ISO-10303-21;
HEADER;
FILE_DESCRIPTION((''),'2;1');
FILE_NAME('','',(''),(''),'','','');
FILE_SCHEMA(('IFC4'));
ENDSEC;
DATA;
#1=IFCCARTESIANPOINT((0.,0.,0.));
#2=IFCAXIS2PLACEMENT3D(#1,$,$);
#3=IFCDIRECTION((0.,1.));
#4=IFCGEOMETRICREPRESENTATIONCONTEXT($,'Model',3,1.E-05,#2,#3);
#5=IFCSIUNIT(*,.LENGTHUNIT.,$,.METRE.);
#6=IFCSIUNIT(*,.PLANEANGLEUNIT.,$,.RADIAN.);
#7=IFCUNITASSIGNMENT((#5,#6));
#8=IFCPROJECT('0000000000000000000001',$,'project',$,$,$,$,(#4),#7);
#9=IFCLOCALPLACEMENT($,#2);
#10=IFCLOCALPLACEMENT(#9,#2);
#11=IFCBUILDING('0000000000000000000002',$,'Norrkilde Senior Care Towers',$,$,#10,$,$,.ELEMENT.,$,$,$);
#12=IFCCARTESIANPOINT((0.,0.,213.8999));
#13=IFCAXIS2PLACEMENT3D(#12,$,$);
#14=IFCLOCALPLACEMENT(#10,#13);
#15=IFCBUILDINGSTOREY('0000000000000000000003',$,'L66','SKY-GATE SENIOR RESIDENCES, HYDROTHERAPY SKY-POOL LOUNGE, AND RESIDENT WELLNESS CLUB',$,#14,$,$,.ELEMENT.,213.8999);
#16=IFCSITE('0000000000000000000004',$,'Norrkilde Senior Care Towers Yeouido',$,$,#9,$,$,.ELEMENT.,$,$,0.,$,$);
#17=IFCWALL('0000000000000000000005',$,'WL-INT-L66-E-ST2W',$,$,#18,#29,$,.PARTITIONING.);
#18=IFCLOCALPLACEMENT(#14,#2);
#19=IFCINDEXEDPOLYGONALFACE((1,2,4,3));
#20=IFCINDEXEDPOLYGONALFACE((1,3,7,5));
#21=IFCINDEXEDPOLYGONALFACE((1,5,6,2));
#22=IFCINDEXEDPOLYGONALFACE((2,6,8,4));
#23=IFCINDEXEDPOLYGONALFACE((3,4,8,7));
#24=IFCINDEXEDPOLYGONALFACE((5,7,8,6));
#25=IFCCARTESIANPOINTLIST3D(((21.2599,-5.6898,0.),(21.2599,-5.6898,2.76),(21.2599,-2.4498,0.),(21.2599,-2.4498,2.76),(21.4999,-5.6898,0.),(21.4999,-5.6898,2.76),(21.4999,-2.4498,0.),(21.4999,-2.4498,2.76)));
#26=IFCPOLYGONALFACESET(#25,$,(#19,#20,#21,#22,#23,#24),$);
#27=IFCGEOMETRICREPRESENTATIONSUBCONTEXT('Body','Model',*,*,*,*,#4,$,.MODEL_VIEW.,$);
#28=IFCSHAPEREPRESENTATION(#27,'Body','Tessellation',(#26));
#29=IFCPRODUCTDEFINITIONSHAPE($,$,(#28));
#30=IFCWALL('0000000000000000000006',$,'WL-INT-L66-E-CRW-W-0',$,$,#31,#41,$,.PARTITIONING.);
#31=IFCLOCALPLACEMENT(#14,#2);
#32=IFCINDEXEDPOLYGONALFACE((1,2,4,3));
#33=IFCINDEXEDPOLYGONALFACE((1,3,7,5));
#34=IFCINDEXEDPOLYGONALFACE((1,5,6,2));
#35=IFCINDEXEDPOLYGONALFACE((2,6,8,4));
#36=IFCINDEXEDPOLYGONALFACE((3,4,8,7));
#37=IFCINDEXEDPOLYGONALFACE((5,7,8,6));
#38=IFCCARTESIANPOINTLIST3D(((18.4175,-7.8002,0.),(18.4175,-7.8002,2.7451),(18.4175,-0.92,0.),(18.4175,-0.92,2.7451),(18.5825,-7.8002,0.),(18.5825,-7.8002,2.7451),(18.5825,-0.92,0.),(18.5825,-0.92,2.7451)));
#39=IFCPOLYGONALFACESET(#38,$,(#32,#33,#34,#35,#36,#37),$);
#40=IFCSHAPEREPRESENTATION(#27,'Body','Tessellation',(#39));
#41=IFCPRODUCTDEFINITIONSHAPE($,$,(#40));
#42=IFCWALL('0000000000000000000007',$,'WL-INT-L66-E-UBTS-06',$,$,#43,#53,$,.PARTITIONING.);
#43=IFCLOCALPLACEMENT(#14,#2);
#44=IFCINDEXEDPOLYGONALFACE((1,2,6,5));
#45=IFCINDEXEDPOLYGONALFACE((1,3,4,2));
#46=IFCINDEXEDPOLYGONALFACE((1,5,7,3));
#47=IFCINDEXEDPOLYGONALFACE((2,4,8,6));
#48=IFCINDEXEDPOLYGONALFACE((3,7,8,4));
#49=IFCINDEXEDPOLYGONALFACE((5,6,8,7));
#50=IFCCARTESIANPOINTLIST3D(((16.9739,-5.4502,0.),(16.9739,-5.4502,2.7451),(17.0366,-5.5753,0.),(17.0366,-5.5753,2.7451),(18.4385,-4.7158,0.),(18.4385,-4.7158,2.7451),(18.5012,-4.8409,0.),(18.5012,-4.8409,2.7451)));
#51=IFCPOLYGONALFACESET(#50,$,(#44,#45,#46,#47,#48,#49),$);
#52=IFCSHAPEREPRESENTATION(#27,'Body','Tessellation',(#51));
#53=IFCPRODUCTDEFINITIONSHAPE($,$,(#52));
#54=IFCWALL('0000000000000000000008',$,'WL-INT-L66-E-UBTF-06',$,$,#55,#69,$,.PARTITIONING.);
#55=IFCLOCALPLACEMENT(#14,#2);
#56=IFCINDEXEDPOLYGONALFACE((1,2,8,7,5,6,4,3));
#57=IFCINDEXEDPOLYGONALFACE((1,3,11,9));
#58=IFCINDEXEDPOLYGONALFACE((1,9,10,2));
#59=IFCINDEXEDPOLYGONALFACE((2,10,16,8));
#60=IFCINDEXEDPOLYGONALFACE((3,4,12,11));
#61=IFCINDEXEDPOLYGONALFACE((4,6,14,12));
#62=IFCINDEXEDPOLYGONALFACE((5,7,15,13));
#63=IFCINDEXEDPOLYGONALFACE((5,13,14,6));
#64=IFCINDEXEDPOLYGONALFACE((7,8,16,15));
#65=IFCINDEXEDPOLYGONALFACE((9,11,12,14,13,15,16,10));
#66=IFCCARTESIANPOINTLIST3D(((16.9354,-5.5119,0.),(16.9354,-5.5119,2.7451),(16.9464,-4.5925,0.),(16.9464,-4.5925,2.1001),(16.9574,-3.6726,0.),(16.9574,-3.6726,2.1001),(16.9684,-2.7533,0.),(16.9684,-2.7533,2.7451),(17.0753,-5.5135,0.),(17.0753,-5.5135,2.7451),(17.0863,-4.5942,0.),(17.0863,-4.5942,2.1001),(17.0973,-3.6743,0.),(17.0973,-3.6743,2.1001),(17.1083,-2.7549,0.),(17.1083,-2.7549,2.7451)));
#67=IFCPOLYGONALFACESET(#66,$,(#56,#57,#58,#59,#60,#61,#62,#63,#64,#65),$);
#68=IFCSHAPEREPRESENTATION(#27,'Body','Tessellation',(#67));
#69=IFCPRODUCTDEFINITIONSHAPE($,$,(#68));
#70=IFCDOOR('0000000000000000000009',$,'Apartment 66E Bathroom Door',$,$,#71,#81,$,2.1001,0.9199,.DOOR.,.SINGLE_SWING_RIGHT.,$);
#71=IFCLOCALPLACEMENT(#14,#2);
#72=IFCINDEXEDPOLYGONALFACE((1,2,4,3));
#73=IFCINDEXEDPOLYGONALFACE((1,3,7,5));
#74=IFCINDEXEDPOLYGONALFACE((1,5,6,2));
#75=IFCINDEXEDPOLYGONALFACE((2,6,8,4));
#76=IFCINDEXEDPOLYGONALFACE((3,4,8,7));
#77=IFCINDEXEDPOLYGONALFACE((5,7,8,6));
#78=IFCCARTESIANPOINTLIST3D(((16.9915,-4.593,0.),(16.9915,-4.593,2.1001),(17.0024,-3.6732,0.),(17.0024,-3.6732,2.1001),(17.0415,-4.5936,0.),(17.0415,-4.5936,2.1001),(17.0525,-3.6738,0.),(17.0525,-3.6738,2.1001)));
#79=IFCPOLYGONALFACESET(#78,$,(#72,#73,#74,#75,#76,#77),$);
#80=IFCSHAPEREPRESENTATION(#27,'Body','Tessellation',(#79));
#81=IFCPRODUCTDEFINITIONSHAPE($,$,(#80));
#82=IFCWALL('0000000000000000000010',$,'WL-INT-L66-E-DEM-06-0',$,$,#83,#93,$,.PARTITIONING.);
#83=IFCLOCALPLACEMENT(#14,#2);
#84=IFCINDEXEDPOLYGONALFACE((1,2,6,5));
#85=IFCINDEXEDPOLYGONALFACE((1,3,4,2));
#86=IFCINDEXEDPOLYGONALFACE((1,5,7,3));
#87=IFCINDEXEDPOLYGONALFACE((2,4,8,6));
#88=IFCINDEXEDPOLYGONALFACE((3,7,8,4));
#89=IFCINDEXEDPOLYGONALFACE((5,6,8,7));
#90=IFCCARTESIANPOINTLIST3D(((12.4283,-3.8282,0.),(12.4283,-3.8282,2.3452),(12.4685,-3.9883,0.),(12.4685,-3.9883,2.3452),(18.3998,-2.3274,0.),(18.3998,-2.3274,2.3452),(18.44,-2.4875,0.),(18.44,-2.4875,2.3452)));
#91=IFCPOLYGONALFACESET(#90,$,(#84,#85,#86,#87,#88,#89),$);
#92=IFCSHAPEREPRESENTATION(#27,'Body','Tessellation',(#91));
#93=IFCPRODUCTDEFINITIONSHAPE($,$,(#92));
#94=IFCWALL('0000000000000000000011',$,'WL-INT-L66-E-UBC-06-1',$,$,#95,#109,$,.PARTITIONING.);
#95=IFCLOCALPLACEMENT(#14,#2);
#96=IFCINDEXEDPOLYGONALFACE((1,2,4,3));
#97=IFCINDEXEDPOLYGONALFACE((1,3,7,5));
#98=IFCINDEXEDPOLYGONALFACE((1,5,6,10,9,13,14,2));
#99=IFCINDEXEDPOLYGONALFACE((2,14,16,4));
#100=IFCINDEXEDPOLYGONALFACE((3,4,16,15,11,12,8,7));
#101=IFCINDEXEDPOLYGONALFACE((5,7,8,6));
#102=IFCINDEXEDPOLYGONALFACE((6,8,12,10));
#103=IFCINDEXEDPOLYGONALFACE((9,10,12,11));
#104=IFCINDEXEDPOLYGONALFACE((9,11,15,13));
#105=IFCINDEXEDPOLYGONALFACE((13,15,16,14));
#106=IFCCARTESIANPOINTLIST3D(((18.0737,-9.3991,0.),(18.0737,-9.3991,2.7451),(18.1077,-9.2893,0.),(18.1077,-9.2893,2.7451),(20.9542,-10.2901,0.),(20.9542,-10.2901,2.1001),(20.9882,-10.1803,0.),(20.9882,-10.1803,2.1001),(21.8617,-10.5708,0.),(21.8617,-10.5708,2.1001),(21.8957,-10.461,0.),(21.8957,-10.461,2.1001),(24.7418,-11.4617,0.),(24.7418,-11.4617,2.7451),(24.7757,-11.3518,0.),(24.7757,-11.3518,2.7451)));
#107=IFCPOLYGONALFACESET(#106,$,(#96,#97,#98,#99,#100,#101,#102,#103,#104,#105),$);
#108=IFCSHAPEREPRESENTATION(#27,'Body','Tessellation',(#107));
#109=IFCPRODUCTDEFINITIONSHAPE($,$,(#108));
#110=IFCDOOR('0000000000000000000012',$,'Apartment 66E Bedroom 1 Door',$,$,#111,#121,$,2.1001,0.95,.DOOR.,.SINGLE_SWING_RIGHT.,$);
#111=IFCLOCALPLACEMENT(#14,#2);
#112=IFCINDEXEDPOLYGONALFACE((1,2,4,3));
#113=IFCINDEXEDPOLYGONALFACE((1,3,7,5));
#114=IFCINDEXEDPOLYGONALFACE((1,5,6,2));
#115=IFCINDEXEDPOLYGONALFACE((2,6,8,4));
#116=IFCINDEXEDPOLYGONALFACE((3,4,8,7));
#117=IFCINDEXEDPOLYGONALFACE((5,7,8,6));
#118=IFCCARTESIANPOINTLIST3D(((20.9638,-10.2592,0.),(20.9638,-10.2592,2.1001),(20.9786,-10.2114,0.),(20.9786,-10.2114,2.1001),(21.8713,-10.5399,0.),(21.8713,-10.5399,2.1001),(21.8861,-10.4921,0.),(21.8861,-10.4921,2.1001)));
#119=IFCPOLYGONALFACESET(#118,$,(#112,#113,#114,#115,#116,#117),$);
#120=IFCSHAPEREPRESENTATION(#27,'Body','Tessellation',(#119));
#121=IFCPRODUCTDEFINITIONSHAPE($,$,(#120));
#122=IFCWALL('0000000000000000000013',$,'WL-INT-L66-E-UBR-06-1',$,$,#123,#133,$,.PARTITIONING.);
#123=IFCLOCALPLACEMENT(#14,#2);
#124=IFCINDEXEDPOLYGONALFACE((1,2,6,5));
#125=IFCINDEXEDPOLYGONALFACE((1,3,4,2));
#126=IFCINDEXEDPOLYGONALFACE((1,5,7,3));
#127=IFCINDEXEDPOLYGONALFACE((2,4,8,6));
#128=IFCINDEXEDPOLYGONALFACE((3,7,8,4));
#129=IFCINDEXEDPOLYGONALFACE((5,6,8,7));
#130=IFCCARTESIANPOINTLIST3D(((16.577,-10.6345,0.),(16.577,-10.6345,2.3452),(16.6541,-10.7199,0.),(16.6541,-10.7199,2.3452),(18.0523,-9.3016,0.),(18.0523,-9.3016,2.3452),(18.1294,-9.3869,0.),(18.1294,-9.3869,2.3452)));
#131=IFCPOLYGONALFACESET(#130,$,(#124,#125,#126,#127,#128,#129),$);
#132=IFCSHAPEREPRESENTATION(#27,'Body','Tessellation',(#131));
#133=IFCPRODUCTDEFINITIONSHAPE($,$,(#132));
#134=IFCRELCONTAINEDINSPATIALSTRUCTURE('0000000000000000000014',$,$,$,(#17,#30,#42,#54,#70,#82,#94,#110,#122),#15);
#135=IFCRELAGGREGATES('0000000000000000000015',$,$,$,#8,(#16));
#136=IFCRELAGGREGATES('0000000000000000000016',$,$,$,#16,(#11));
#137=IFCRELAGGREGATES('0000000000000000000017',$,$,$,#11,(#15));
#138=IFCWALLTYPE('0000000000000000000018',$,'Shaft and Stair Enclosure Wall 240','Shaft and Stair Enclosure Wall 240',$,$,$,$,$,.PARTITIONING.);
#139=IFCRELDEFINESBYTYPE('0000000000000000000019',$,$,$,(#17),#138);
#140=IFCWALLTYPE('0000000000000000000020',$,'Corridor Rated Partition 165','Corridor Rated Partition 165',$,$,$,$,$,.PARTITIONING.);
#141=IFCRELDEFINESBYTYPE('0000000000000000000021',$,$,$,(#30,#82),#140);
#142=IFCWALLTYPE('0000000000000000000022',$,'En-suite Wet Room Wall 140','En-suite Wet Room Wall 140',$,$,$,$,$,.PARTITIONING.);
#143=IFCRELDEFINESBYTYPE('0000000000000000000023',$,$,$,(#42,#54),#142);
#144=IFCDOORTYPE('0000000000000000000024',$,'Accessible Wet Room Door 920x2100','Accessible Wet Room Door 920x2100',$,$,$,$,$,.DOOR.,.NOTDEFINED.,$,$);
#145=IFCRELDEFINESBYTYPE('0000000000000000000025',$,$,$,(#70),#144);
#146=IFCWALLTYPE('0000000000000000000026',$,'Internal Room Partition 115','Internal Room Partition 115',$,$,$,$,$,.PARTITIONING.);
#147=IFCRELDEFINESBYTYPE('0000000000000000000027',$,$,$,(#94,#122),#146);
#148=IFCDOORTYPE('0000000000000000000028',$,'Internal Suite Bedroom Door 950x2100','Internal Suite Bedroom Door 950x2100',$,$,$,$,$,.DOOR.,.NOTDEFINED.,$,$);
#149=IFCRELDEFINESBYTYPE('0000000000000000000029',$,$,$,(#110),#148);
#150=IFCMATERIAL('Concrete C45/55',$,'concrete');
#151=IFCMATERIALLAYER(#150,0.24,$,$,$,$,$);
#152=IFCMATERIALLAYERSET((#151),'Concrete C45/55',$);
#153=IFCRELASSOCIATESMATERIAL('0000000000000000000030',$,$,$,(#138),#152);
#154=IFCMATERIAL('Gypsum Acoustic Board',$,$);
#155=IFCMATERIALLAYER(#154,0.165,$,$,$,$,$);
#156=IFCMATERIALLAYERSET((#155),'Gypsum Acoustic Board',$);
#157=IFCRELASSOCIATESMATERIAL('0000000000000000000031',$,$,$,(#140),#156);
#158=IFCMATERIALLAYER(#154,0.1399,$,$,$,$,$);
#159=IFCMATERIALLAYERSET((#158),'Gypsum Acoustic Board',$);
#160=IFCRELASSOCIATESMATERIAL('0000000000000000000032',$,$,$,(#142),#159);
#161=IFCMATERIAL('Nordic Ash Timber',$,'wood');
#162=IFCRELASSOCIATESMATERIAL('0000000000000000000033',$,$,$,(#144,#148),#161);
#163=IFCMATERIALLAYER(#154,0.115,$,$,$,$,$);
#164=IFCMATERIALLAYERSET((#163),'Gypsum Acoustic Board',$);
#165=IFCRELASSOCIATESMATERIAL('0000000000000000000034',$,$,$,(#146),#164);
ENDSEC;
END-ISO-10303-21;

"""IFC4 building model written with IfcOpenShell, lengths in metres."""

from ifc_helpers import new_model, si_unit, direction, frame, frame_2d, origin, place, context, subcontext, project, spatial, rectangle, extrude, source, transform, mapped, material, layer, layer_set, type_object, type_shapes, element, fill, save


model = new_model("IFC4")

# Units and contexts
model_context = context("Model", 3, precision=1e-05, world=origin(), true_north=direction((0.0, 1.0)))
body_context = subcontext(model_context, "Body", "Model", "MODEL_VIEW")
ifc_project = project(units=[si_unit("LENGTHUNIT", "METRE"), si_unit("PLANEANGLEUNIT", "RADIAN")], contexts=[model_context])

# Site, building, storey
site_placement = place(None, origin())
site = spatial("IfcSite", under=ifc_project, at=site_placement, Name="Norrkilde Senior Care Towers Yeouido", CompositionType="ELEMENT", RefElevation=0.0)
building_placement = place(site_placement, origin())
building = spatial("IfcBuilding", under=site, at=building_placement, Name="Norrkilde Senior Care Towers", CompositionType="ELEMENT")
storey_placement = place(building_placement, frame((0.0, 0.0, 213.8999)))
storey = spatial("IfcBuildingStorey", under=building, at=storey_placement, Name="L66", Description="SKY-GATE SENIOR RESIDENCES, HYDROTHERAPY SKY-POOL LOUNGE, AND RESIDENT WELLNESS CLUB", CompositionType="ELEMENT", Elevation=213.8999)

# Shared definitions
ifc_material_1 = material(Name="Concrete C45/55", Category="concrete")
ifc_layer_1 = layer(ifc_material_1, 0.24)
ifc_layer_set_1 = layer_set([ifc_layer_1], Name="Concrete C45/55")
wall_type_1 = type_object("IfcWallType", Name="Shaft and Stair Enclosure Wall 240", Description="Shaft and Stair Enclosure Wall 240", PredefinedType="PARTITIONING", material=ifc_layer_set_1)

# Walls
shared_shape_1 = source(origin(), body_context, "Body", "SweptSolid", [
    extrude(rectangle(XDim=3.24, YDim=0.24, at=frame_2d((1.6201, 0.0))), origin(), (0.0, 0.0, 1.0), 2.76),
])
wall_1_placement = place(storey_placement, frame((21.3799, -5.6899, 0.0), z_axis=(0.0, 0.0, 1.0), x_axis=(0.0, 1.0, 0.0)))
element("IfcWall", 1, at=wall_1_placement, inside=storey, type_object=wall_type_1, Name="WL-INT-L66-E-ST2W", PredefinedType="PARTITIONING", context=body_context, shape_type="MappedRepresentation", body=[
    mapped(shared_shape_1, transform((0.0, 0.0, 0.0), x_axis=(1.0, 0.0, 0.0), y_axis=(0.0, 1.0, 0.0), z_axis=(0.0, 0.0, 1.0), scale=1.0)),
])
ifc_material_2 = material(Name="Gypsum Acoustic Board")
ifc_layer_2 = layer(ifc_material_2, 0.165)
ifc_layer_set_2 = layer_set([ifc_layer_2], Name="Gypsum Acoustic Board")
wall_type_2 = type_object("IfcWallType", Name="Corridor Rated Partition 165", Description="Corridor Rated Partition 165", PredefinedType="PARTITIONING", material=ifc_layer_set_2)
shared_shape_2 = source(origin(), body_context, "Body", "SweptSolid", [
    extrude(rectangle(XDim=6.8801, YDim=0.165, at=frame_2d((3.4399, 0.0))), origin(), (0.0, 0.0, 1.0), 2.7451),
])
wall_2_placement = place(storey_placement, frame((18.5, -7.8, 0.0), z_axis=(0.0, 0.0, 1.0), x_axis=(0.0, 1.0, 0.0)))
element("IfcWall", 2, at=wall_2_placement, inside=storey, type_object=wall_type_2, Name="WL-INT-L66-E-CRW-W-0", PredefinedType="PARTITIONING", context=body_context, shape_type="MappedRepresentation", body=[
    mapped(shared_shape_2, transform((0.0, 0.0, 0.0), x_axis=(1.0, 0.0, 0.0), y_axis=(0.0, 1.0, 0.0), z_axis=(0.0, 0.0, 1.0), scale=1.0)),
])
ifc_layer_3 = layer(ifc_material_2, 0.1399)
ifc_layer_set_3 = layer_set([ifc_layer_3], Name="Gypsum Acoustic Board")
wall_type_3 = type_object("IfcWallType", Name="En-suite Wet Room Wall 140", Description="En-suite Wet Room Wall 140", PredefinedType="PARTITIONING", material=ifc_layer_set_3)
shared_shape_3 = source(origin(), body_context, "Body", "SweptSolid", [
    extrude(rectangle(XDim=1.6384, YDim=0.1399, at=frame_2d((0.8193, 0.0))), origin(), (0.0, 0.0, 1.0), 2.7451),
])
wall_3_placement = place(storey_placement, frame((18.47, -4.7783, 0.0), z_axis=(0.0, 0.0, 1.0), x_axis=(-0.89392, -0.448227, 0.0)))
element("IfcWall", 3, at=wall_3_placement, inside=storey, type_object=wall_type_3, Name="WL-INT-L66-E-UBTS-06", PredefinedType="PARTITIONING", context=body_context, shape_type="MappedRepresentation", body=[
    mapped(shared_shape_3, transform((0.0, 0.0, 0.0), x_axis=(1.0, 0.0, 0.0), y_axis=(0.0, 1.0, 0.0), z_axis=(0.0, 0.0, 1.0), scale=1.0)),
])

# Wall, opening, door
shared_shape_4 = source(origin(), body_context, "Body", "SweptSolid", [
    extrude(rectangle(XDim=2.7588, YDim=0.1399, at=frame_2d((1.3794, 0.0))), origin(), (0.0, 0.0, 1.0), 2.7451),
])
type_shapes(wall_type_3, [shared_shape_3, shared_shape_4])
wall_4_placement = place(storey_placement, frame((17.0054, -5.5127, 0.0), z_axis=(0.0, 0.0, 1.0), x_axis=(0.011947, 0.999929, 0.0)))
wall_4 = element("IfcWall", 4, at=wall_4_placement, inside=storey, type_object=wall_type_3, Name="WL-INT-L66-E-UBTF-06", PredefinedType="PARTITIONING", context=body_context, shape_type="MappedRepresentation", body=[
    mapped(shared_shape_4, transform((0.0, 0.0, 0.0), x_axis=(1.0, 0.0, 0.0), y_axis=(0.0, 1.0, 0.0), z_axis=(0.0, 0.0, 1.0), scale=1.0)),
])
opening_1_placement = place(wall_4_placement, frame((0.9194, 0.0, 0.0)))
opening_1 = element("IfcOpeningElement", 5, at=opening_1_placement, cuts=wall_4, PredefinedType="OPENING", context=body_context, shape_type="SweptSolid", body=[
    extrude(rectangle(XDim=0.9199, YDim=2.1001, at=frame_2d((0.46, 1.05))), frame((0.0, 0.0798, 0.0), z_axis=(0.0, -1.0, 0.0), x_axis=(1.0, 0.0, 0.0)), (0.0, 0.0, 1.0), 0.1599),
])
ifc_material_3 = material(Name="Nordic Ash Timber", Category="wood")
door_type_1 = type_object("IfcDoorType", Name="Accessible Wet Room Door 920x2100", Description="Accessible Wet Room Door 920x2100", OperationType="NOTDEFINED", PredefinedType="DOOR", material=ifc_material_3)
shared_shape_5 = source(origin(), body_context, "Body", "SweptSolid", [
    extrude(rectangle(XDim=0.9199, YDim=2.1001, at=frame_2d((0.46, 1.05))), frame((0.0, 0.0249, 0.0), z_axis=(0.0, -1.0, 0.0), x_axis=(1.0, 0.0, 0.0)), (0.0, 0.0, 1.0), 0.05),
])
type_shapes(door_type_1, [shared_shape_5])
door_1_placement = place(opening_1_placement, origin())
door_1 = element("IfcDoor", 6, at=door_1_placement, inside=storey, type_object=door_type_1, Name="Apartment 66E Bathroom Door", OperationType="SINGLE_SWING_RIGHT", OverallHeight=2.1001, OverallWidth=0.9199, PredefinedType="DOOR", context=body_context, shape_type="MappedRepresentation", body=[
    mapped(shared_shape_5, transform((0.0, 0.0, 0.0), x_axis=(1.0, 0.0, 0.0), y_axis=(0.0, 1.0, 0.0), z_axis=(0.0, 0.0, 1.0), scale=1.0)),
])
fill(opening_1, door_1)

# Wall
shared_shape_6 = source(origin(), body_context, "Body", "SweptSolid", [
    extrude(rectangle(XDim=6.1572, YDim=0.165, at=frame_2d((3.0786, 0.0))), origin(), (0.0, 0.0, 1.0), 2.3452),
])
type_shapes(wall_type_2, [shared_shape_2, shared_shape_6])
wall_5_placement = place(storey_placement, frame((18.4199, -2.4075, 0.0), z_axis=(0.0, 0.0, 1.0), x_axis=(-0.969841, -0.243739, 0.0)))
element("IfcWall", 7, at=wall_5_placement, inside=storey, type_object=wall_type_2, Name="WL-INT-L66-E-DEM-06-0", PredefinedType="PARTITIONING", context=body_context, shape_type="MappedRepresentation", body=[
    mapped(shared_shape_6, transform((0.0, 0.0, 0.0), x_axis=(1.0, 0.0, 0.0), y_axis=(0.0, 1.0, 0.0), z_axis=(0.0, 0.0, 1.0), scale=1.0)),
])

# Wall, opening, door
ifc_layer_4 = layer(ifc_material_2, 0.115)
ifc_layer_set_4 = layer_set([ifc_layer_4], Name="Gypsum Acoustic Board")
wall_type_4 = type_object("IfcWallType", Name="Internal Room Partition 115", Description="Internal Room Partition 115", PredefinedType="PARTITIONING", material=ifc_layer_set_4)
shared_shape_7 = source(origin(), body_context, "Body", "SweptSolid", [
    extrude(rectangle(XDim=6.9797, YDim=0.115, at=frame_2d((3.4897, 0.0))), origin(), (0.0, 0.0, 1.0), 2.7451),
])
wall_6_placement = place(storey_placement, frame((18.0908, -9.3442, 0.0), z_axis=(0.0, 0.0, 1.0), x_axis=(0.955342, -0.295501, 0.0)))
wall_6 = element("IfcWall", 8, at=wall_6_placement, inside=storey, type_object=wall_type_4, Name="WL-INT-L66-E-UBC-06-1", PredefinedType="PARTITIONING", context=body_context, shape_type="MappedRepresentation", body=[
    mapped(shared_shape_7, transform((0.0, 0.0, 0.0), x_axis=(1.0, 0.0, 0.0), y_axis=(0.0, 1.0, 0.0), z_axis=(0.0, 0.0, 1.0), scale=1.0)),
])
opening_2_placement = place(wall_6_placement, frame((3.0149, 0.0, 0.0)))
opening_2 = element("IfcOpeningElement", 9, at=opening_2_placement, cuts=wall_6, PredefinedType="OPENING", context=body_context, shape_type="SweptSolid", body=[
    extrude(rectangle(XDim=0.95, YDim=2.1001, at=frame_2d((0.4751, 1.05))), frame((0.0, 0.0674, 0.0), z_axis=(0.0, -1.0, 0.0), x_axis=(1.0, 0.0, 0.0)), (0.0, 0.0, 1.0), 0.135),
])
door_type_2 = type_object("IfcDoorType", Name="Internal Suite Bedroom Door 950x2100", Description="Internal Suite Bedroom Door 950x2100", OperationType="NOTDEFINED", PredefinedType="DOOR", material=ifc_material_3)
shared_shape_8 = source(origin(), body_context, "Body", "SweptSolid", [
    extrude(rectangle(XDim=0.95, YDim=2.1001, at=frame_2d((0.4751, 1.05))), frame((0.0, 0.0249, 0.0), z_axis=(0.0, -1.0, 0.0), x_axis=(1.0, 0.0, 0.0)), (0.0, 0.0, 1.0), 0.05),
])
type_shapes(door_type_2, [shared_shape_8])
door_2_placement = place(opening_2_placement, origin())
door_2 = element("IfcDoor", 10, at=door_2_placement, inside=storey, type_object=door_type_2, Name="Apartment 66E Bedroom 1 Door", OperationType="SINGLE_SWING_RIGHT", OverallHeight=2.1001, OverallWidth=0.95, PredefinedType="DOOR", context=body_context, shape_type="MappedRepresentation", body=[
    mapped(shared_shape_8, transform((0.0, 0.0, 0.0), x_axis=(1.0, 0.0, 0.0), y_axis=(0.0, 1.0, 0.0), z_axis=(0.0, 0.0, 1.0), scale=1.0)),
])
fill(opening_2, door_2)

# Wall
shared_shape_9 = source(origin(), body_context, "Body", "SweptSolid", [
    extrude(rectangle(XDim=1.9883, YDim=0.115, at=frame_2d((0.9941, 0.0))), origin(), (0.0, 0.0, 1.0), 2.3452),
])
wall_7_placement = place(storey_placement, frame((18.0908, -9.3442, 0.0), z_axis=(0.0, 0.0, 1.0), x_axis=(-0.741992, -0.670408, 0.0)))
element("IfcWall", 11, at=wall_7_placement, inside=storey, type_object=wall_type_4, Name="WL-INT-L66-E-UBR-06-1", PredefinedType="PARTITIONING", context=body_context, shape_type="MappedRepresentation", body=[
    mapped(shared_shape_9, transform((0.0, 0.0, 0.0), x_axis=(1.0, 0.0, 0.0), y_axis=(0.0, 1.0, 0.0), z_axis=(0.0, 0.0, 1.0), scale=1.0)),
])

save(model, "model.ifc")
